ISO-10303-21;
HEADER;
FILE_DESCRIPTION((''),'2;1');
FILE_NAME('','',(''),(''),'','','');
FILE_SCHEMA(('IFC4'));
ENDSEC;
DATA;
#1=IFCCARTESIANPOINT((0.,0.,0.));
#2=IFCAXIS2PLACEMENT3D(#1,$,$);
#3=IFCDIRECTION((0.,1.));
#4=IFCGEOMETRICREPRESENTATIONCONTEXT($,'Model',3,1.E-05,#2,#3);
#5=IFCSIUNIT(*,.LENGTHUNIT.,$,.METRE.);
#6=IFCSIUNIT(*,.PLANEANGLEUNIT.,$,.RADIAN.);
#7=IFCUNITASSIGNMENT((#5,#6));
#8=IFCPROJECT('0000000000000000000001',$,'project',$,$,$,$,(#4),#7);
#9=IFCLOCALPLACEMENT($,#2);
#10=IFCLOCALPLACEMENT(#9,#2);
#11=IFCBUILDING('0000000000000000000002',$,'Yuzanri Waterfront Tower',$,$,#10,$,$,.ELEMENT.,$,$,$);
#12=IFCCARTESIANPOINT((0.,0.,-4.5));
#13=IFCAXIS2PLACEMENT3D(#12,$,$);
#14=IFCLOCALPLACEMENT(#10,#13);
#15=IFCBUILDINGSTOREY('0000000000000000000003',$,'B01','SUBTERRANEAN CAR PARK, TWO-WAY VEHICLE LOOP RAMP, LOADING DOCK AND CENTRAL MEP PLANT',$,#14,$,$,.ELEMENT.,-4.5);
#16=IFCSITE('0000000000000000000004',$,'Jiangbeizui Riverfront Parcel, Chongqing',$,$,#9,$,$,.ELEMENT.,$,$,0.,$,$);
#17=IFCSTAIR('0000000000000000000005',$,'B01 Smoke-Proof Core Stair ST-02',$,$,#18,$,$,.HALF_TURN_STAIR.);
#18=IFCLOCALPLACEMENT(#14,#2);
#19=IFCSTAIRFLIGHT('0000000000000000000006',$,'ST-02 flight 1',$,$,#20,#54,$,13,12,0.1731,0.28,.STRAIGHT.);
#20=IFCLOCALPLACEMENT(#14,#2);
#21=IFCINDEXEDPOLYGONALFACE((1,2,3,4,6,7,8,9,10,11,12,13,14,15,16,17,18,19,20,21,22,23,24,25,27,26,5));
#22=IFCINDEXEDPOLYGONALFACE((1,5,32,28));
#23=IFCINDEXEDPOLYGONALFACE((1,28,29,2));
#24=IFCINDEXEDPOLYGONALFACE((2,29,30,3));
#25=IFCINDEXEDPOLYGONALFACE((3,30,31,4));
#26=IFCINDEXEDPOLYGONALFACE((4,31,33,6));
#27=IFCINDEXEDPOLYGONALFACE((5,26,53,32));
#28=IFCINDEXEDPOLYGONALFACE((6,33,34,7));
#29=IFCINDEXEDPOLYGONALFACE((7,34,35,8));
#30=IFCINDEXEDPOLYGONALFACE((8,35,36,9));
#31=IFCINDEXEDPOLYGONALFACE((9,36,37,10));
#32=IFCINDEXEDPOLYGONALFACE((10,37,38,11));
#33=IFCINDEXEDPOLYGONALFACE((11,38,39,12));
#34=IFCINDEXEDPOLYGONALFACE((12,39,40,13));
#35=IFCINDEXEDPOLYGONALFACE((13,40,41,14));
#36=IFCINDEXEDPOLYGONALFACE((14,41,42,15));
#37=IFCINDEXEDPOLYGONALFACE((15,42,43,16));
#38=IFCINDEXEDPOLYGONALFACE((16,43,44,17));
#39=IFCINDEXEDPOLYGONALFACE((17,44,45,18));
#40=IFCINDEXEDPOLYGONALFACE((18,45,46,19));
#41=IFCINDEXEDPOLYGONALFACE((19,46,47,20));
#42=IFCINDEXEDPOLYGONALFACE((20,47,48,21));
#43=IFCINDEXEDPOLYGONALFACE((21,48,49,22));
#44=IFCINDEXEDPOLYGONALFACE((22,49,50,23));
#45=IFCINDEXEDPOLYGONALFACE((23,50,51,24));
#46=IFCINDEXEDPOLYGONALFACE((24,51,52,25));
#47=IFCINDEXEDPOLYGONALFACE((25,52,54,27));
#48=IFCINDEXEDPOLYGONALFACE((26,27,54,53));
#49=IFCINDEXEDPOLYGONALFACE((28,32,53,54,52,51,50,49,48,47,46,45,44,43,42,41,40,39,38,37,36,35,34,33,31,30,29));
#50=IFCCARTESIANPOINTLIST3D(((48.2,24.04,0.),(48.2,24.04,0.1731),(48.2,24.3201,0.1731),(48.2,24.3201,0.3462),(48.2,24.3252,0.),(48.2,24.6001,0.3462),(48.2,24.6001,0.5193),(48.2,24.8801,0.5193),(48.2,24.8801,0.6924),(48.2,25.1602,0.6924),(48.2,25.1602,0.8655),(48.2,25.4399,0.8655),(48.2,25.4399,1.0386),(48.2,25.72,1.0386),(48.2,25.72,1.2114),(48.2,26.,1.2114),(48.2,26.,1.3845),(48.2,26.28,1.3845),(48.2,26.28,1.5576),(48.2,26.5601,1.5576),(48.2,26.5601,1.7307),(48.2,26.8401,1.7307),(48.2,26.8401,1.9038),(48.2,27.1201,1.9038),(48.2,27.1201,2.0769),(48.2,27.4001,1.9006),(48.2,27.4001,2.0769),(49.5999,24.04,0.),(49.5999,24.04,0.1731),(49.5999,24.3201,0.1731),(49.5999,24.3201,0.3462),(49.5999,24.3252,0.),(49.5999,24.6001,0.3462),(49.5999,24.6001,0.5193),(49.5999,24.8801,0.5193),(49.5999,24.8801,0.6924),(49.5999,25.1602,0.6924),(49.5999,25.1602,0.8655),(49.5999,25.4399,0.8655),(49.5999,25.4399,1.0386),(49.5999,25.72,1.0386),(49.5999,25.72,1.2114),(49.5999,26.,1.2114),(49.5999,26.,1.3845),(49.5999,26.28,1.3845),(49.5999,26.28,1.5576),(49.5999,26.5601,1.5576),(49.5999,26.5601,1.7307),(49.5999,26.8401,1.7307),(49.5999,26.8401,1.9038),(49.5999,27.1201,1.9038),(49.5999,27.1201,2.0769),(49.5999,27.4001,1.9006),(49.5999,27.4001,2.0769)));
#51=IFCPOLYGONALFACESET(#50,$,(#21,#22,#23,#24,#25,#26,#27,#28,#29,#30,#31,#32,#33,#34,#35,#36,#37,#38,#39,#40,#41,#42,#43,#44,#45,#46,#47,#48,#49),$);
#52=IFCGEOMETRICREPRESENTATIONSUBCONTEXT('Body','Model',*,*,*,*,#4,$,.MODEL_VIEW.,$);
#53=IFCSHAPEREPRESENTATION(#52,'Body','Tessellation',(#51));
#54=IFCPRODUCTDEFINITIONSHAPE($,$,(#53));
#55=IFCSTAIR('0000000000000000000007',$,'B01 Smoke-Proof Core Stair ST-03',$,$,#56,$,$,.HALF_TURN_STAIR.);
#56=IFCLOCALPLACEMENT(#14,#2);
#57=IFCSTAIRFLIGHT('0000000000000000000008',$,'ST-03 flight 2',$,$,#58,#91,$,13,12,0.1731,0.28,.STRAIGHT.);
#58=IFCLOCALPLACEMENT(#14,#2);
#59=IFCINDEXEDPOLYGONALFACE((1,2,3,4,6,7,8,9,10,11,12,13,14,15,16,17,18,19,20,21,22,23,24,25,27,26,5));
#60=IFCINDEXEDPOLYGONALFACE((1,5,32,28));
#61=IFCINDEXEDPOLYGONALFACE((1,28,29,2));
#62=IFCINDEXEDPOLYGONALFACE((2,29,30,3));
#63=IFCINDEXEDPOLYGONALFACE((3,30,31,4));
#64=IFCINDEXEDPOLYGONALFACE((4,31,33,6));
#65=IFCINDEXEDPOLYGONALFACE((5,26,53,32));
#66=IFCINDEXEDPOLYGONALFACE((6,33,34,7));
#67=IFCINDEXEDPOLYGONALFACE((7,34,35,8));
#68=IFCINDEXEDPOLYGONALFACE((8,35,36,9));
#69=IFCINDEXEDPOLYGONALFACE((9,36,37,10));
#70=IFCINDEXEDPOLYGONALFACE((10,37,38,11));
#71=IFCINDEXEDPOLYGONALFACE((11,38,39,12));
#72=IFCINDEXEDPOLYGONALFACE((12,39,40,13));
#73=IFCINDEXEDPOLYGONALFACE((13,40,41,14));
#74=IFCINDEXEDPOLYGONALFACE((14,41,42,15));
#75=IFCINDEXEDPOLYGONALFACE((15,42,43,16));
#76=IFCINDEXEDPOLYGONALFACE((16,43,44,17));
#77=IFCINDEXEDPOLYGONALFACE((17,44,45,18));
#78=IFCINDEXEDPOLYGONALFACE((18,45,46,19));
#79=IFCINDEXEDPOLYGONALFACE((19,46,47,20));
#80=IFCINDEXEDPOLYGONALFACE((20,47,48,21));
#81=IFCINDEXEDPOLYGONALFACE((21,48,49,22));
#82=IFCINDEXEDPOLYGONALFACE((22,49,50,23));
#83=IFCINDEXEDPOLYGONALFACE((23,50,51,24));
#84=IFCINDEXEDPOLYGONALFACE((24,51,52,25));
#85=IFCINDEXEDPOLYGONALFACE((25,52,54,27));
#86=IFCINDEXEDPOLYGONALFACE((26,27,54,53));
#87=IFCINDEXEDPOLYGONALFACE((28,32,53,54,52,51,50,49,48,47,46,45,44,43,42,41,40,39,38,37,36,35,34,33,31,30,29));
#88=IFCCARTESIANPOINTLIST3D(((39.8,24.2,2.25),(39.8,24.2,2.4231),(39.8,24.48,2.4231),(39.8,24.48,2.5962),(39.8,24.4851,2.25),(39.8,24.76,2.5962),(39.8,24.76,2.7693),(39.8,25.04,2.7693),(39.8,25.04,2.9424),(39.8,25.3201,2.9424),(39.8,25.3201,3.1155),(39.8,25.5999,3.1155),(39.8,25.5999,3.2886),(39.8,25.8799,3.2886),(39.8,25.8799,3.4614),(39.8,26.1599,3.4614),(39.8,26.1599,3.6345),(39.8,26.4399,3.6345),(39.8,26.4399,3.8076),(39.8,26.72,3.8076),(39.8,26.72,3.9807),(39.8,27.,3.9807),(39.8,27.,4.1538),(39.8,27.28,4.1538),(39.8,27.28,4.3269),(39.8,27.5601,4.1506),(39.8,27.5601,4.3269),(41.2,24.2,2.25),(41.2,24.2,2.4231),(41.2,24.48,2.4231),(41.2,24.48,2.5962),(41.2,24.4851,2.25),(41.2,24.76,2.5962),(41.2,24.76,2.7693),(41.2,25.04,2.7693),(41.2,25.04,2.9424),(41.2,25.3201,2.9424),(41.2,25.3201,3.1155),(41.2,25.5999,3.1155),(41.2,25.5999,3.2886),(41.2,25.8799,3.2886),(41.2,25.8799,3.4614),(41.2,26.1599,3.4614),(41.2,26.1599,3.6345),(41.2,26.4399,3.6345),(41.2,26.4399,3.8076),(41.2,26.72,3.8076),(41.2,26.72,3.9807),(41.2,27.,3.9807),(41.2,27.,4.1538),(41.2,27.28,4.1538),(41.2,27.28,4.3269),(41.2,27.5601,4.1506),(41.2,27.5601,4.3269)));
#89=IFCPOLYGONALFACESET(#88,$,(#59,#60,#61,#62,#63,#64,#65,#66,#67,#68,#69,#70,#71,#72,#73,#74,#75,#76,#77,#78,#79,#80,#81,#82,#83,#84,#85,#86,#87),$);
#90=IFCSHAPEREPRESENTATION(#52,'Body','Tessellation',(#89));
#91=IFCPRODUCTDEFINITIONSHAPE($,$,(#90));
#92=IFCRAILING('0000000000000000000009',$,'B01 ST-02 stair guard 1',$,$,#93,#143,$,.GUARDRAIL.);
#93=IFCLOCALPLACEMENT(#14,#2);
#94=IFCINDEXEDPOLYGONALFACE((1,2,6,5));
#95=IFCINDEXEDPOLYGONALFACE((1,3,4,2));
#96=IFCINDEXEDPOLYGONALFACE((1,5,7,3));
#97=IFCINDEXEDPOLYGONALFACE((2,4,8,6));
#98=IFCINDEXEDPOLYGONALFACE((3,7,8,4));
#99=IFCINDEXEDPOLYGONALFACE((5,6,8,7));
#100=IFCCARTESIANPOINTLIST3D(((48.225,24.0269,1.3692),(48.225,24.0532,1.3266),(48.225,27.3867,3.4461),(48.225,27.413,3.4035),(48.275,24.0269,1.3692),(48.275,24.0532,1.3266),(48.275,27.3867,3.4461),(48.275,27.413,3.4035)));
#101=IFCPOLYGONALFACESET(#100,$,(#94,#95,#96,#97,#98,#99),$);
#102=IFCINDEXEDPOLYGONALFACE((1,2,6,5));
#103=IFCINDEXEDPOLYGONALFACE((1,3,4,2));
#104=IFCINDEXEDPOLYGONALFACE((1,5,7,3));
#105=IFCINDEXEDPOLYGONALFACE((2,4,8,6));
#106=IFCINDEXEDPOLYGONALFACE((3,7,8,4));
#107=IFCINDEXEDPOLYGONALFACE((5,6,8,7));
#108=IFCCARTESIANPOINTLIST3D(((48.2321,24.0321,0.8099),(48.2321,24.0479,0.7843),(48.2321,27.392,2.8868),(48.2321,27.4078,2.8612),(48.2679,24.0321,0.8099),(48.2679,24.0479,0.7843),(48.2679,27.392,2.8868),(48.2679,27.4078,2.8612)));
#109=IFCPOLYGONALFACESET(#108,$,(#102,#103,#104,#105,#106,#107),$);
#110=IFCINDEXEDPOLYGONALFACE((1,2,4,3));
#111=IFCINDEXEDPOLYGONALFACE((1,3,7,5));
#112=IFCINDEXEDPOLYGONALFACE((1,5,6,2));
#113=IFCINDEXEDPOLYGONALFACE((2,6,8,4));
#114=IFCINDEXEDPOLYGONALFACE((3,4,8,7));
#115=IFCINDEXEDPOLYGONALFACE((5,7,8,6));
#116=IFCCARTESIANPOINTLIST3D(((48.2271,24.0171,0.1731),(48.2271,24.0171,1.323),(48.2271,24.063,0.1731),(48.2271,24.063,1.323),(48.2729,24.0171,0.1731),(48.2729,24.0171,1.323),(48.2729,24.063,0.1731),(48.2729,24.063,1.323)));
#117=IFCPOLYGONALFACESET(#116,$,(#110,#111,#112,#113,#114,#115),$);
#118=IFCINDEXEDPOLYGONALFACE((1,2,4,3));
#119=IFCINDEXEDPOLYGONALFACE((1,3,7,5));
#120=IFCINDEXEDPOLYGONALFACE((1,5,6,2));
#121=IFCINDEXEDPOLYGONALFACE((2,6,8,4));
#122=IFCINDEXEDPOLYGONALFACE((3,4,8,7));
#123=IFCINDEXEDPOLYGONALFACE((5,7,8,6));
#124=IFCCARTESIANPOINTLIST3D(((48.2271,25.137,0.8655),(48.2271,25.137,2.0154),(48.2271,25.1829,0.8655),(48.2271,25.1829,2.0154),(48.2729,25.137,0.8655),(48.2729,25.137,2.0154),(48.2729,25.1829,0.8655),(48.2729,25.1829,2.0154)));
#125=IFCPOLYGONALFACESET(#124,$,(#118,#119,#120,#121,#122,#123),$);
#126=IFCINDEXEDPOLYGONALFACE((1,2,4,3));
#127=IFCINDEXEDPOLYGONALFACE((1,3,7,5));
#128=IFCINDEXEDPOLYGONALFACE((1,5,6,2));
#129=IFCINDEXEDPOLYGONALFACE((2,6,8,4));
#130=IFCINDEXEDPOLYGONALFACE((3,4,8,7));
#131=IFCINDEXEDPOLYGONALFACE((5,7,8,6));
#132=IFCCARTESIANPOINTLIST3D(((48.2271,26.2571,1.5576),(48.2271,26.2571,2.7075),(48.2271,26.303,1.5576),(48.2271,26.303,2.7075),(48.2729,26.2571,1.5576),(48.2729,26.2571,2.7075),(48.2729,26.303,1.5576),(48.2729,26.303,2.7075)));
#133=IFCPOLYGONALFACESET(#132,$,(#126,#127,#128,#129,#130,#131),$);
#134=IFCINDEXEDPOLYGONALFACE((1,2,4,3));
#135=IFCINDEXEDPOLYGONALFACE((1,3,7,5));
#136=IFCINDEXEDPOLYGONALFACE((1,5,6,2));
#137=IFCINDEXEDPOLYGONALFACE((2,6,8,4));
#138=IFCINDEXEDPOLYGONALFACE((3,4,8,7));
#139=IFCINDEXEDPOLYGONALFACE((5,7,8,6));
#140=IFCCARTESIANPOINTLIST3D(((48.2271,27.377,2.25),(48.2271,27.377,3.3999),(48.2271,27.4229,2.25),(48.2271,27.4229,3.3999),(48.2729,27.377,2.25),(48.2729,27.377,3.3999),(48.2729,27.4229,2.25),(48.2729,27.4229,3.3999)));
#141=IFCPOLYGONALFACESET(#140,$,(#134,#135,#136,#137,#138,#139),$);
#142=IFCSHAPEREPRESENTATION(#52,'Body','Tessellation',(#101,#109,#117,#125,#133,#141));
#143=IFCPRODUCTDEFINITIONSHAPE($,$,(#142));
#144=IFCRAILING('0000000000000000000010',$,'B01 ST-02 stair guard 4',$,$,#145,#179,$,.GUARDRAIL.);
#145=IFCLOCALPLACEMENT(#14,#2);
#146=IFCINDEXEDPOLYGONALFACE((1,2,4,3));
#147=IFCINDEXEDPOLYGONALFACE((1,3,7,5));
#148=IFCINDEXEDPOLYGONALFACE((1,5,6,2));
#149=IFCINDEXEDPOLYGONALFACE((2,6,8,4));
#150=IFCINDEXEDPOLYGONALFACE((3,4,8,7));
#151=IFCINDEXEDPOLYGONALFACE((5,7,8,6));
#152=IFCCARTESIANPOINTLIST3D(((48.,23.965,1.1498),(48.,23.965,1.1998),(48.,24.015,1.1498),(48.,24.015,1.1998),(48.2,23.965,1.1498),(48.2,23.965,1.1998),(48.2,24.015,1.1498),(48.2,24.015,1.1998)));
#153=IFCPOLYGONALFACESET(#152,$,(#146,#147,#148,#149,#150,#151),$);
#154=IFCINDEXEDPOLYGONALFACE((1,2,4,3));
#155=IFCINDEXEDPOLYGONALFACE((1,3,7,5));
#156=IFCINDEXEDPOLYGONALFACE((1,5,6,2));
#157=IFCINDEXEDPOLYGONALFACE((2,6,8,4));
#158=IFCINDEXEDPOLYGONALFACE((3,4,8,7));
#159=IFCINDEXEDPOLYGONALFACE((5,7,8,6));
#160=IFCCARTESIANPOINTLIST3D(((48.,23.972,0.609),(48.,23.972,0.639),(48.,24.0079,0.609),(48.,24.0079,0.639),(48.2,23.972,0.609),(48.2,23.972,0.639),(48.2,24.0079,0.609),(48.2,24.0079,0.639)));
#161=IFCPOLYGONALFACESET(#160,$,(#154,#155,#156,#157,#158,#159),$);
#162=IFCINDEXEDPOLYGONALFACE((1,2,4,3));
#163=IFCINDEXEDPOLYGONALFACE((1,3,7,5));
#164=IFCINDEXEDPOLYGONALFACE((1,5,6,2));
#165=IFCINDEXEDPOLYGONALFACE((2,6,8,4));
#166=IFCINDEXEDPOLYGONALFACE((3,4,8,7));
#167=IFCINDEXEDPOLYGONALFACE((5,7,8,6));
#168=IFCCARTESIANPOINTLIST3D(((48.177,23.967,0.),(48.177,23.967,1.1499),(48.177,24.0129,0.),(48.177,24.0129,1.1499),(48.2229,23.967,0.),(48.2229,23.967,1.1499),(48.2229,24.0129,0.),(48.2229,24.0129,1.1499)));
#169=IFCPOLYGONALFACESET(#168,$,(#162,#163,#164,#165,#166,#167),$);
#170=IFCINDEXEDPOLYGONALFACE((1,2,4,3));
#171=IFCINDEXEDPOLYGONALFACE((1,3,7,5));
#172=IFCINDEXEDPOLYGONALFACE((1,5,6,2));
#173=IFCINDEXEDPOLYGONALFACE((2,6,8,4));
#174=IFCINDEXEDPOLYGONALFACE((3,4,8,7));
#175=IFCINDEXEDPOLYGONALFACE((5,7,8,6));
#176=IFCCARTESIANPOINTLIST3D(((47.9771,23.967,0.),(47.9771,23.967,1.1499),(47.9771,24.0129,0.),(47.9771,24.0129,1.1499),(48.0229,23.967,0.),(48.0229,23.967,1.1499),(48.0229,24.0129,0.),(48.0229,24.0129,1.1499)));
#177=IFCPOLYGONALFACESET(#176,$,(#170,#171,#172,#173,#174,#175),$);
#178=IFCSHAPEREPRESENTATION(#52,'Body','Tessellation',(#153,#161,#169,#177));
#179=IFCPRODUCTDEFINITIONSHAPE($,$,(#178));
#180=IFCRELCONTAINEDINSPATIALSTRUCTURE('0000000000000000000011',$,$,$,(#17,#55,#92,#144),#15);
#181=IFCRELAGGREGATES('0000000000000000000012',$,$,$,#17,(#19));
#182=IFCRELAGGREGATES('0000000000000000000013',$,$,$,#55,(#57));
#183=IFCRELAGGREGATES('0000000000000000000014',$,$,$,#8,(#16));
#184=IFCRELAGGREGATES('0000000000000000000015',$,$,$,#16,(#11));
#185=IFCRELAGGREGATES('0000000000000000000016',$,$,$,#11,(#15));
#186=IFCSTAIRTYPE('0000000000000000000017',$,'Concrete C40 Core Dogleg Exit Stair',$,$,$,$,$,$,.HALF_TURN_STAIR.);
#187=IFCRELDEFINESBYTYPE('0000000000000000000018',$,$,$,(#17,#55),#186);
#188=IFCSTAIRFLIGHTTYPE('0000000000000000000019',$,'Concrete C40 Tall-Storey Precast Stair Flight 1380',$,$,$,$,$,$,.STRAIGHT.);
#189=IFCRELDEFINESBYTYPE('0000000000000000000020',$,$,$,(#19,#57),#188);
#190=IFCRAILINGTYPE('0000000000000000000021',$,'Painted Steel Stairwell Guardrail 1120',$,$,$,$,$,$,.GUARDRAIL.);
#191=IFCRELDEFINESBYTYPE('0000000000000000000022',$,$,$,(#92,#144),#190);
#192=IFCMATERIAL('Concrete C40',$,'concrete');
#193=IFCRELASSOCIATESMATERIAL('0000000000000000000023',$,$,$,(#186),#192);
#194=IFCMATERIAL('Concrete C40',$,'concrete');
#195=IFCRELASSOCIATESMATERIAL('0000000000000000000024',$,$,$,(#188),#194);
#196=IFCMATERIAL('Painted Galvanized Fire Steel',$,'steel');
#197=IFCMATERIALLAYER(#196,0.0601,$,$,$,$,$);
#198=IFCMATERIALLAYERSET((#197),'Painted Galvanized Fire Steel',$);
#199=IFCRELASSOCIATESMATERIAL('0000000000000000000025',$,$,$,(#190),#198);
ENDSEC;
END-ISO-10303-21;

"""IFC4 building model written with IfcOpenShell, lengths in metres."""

from ifc_helpers import new_model, si_unit, direction, frame, origin, origin_2d, place, context, subcontext, project, spatial, polyline, rectangle, outline, extrude, source, transform, mapped, material, layer, layer_set, type_object, element, aggregate, save


model = new_model("IFC4")

# Units and contexts
model_context = context("Model", 3, precision=1e-05, world=origin(), true_north=direction((0.0, 1.0)))
body_context = subcontext(model_context, "Body", "Model", "MODEL_VIEW")
ifc_project = project(units=[si_unit("LENGTHUNIT", "METRE"), si_unit("PLANEANGLEUNIT", "RADIAN")], contexts=[model_context])

# Site, building, storey
site_placement = place(None, origin())
site = spatial("IfcSite", under=ifc_project, at=site_placement, Name="Jiangbeizui Riverfront Parcel, Chongqing", CompositionType="ELEMENT", RefElevation=0.0)
building_placement = place(site_placement, origin())
building = spatial("IfcBuilding", under=site, at=building_placement, Name="Yuzanri Waterfront Tower", CompositionType="ELEMENT")
storey_placement = place(building_placement, frame((0.0, 0.0, -4.5)))
storey = spatial("IfcBuildingStorey", under=building, at=storey_placement, Name="B01", Description="SUBTERRANEAN CAR PARK, TWO-WAY VEHICLE LOOP RAMP, LOADING DOCK AND CENTRAL MEP PLANT", CompositionType="ELEMENT", Elevation=-4.5)

# Stairs, stair flights
ifc_material_1 = material(Name="Concrete C40", Category="concrete")
stair_type = type_object("IfcStairType", Name="Concrete C40 Core Dogleg Exit Stair", PredefinedType="HALF_TURN_STAIR", material=ifc_material_1)
stair_1_placement = place(storey_placement, origin())
stair_1 = element("IfcStair", 1, at=stair_1_placement, inside=storey, type_object=stair_type, Name="B01 Smoke-Proof Core Stair ST-02", PredefinedType="HALF_TURN_STAIR")
ifc_material_2 = material(Name="Concrete C40", Category="concrete")
stair_flight_type = type_object("IfcStairFlightType", Name="Concrete C40 Tall-Storey Precast Stair Flight 1380", PredefinedType="STRAIGHT", material=ifc_material_2)
shared_shape_1 = source(origin(), body_context, "Body", "SweptSolid", [
    extrude(outline(polyline([(0.0, 0.0), (0.0, 0.1731), (0.28, 0.1731), (0.28, 0.3462), (0.5601, 0.3462), (0.5601, 0.5193), (0.8401, 0.5193), (0.8401, 0.6924), (1.1201, 0.6924), (1.1201, 0.8655), (1.3999, 0.8655), (1.3999, 1.0386), (1.6799, 1.0386), (1.6799, 1.2114), (1.96, 1.2114), (1.96, 1.3845), (2.24, 1.3845), (2.24, 1.5576), (2.52, 1.5576), (2.52, 1.7307), (2.8, 1.7307), (2.8, 1.9038), (3.0801, 1.9038), (3.0801, 2.0769), (3.3601, 2.0769), (3.3601, 2.25), (3.3601, 1.9006), (0.2852, 0.0), (0.0, 0.0)])), frame((0.0, 0.7, 0.0), z_axis=(0.0, -1.0, 0.0), x_axis=(1.0, 0.0, 0.0)), (0.0, 0.0, 1.0), 1.3999),
])
stair_flight_1_placement = place(storey_placement, frame((48.8999, 24.04, 0.0), z_axis=(0.0, 0.0, 1.0), x_axis=(0.0, 1.0, 0.0)))
stair_flight_1 = element("IfcStairFlight", 2, at=stair_flight_1_placement, type_object=stair_flight_type, Name="ST-02 flight 1", NumberOfRisers=13, NumberOfTreads=12, PredefinedType="STRAIGHT", RiserHeight=0.1731, TreadLength=0.28, context=body_context, shape_type="MappedRepresentation", body=[
    mapped(shared_shape_1, transform((0.0, 0.0, 0.0), scale=1.0)),
])
aggregate(stair_1, [stair_flight_1])
stair_2_placement = place(storey_placement, origin())
stair_2 = element("IfcStair", 3, at=stair_2_placement, inside=storey, type_object=stair_type, Name="B01 Smoke-Proof Core Stair ST-03", PredefinedType="HALF_TURN_STAIR")
stair_flight_2_placement = place(storey_placement, frame((40.5, 24.2, 2.25), z_axis=(0.0, 0.0, 1.0), x_axis=(0.0, 1.0, 0.0)))
stair_flight_2 = element("IfcStairFlight", 4, at=stair_flight_2_placement, type_object=stair_flight_type, Name="ST-03 flight 2", NumberOfRisers=13, NumberOfTreads=12, PredefinedType="STRAIGHT", RiserHeight=0.1731, TreadLength=0.28, context=body_context, shape_type="MappedRepresentation", body=[
    mapped(shared_shape_1, transform((0.0, 0.0, 0.0), scale=1.0)),
])
aggregate(stair_2, [stair_flight_2])

# Railings
ifc_material_3 = material(Name="Painted Galvanized Fire Steel", Category="steel")
ifc_layer_1 = layer(ifc_material_3, 0.0601)
ifc_layer_set_1 = layer_set([ifc_layer_1], Name="Painted Galvanized Fire Steel")
railing_type_1 = type_object("IfcRailingType", Name="Painted Steel Stairwell Guardrail 1120", PredefinedType="GUARDRAIL", material=ifc_layer_set_1)
shared_shape_2 = source(origin(), body_context, "Body", "SweptSolid", [
    extrude(rectangle(XDim=0.05, YDim=0.05, at=origin_2d()), frame((0.0, 0.0, 1.1748), z_axis=(0.0, 0.850606, 0.525803), x_axis=(-1.0, 0.0, 0.0)), (0.0, 0.0, 1.0), 3.95),
    extrude(rectangle(XDim=0.0359, YDim=0.03, at=origin_2d()), frame((0.0, 0.0, 0.624), z_axis=(0.0, 0.850606, 0.525803), x_axis=(-1.0, 0.0, 0.0)), (0.0, 0.0, 1.0), 3.95),
    extrude(rectangle(XDim=0.0459, YDim=0.0459, at=origin_2d()), origin(), (0.0, 0.0, 1.0), 1.1499),
    extrude(rectangle(XDim=0.0459, YDim=0.0459, at=origin_2d()), frame((0.0, 1.1199, 0.6924)), (0.0, 0.0, 1.0), 1.1499),
    extrude(rectangle(XDim=0.0459, YDim=0.0459, at=origin_2d()), frame((0.0, 2.24, 1.3845)), (0.0, 0.0, 1.0), 1.1499),
    extrude(rectangle(XDim=0.0459, YDim=0.0459, at=origin_2d()), frame((0.0, 3.3599, 2.0769)), (0.0, 0.0, 1.0), 1.1499),
])
railing_1_placement = place(storey_placement, frame((48.25, 24.04, 0.1731)))
element("IfcRailing", 5, at=railing_1_placement, inside=storey, type_object=railing_type_1, Name="B01 ST-02 stair guard 1", PredefinedType="GUARDRAIL", context=body_context, shape_type="MappedRepresentation", body=[
    mapped(shared_shape_2, transform((0.0, 0.0, 0.0), scale=1.0)),
])
shared_shape_3 = source(origin(), body_context, "Body", "SweptSolid", [
    extrude(rectangle(XDim=0.05, YDim=0.05, at=origin_2d()), frame((0.0, 0.0, 1.1748), z_axis=(-1.0, 0.0, 0.0), x_axis=(0.0, -1.0, 0.0)), (0.0, 0.0, 1.0), 0.2),
    extrude(rectangle(XDim=0.0359, YDim=0.03, at=origin_2d()), frame((0.0, 0.0, 0.624), z_axis=(-1.0, 0.0, 0.0), x_axis=(0.0, -1.0, 0.0)), (0.0, 0.0, 1.0), 0.2),
    extrude(rectangle(XDim=0.0459, YDim=0.0459, at=origin_2d()), origin(), (0.0, 0.0, 1.0), 1.1499),
    extrude(rectangle(XDim=0.0459, YDim=0.0459, at=origin_2d()), frame((-0.2, 0.0, 0.0)), (0.0, 0.0, 1.0), 1.1499),
])
railing_2_placement = place(storey_placement, frame((48.2, 23.99, 0.0)))
element("IfcRailing", 6, at=railing_2_placement, inside=storey, type_object=railing_type_1, Name="B01 ST-02 stair guard 4", PredefinedType="GUARDRAIL", context=body_context, shape_type="MappedRepresentation", body=[
    mapped(shared_shape_3, transform((0.0, 0.0, 0.0), scale=1.0)),
])

save(model, "model.ifc")
